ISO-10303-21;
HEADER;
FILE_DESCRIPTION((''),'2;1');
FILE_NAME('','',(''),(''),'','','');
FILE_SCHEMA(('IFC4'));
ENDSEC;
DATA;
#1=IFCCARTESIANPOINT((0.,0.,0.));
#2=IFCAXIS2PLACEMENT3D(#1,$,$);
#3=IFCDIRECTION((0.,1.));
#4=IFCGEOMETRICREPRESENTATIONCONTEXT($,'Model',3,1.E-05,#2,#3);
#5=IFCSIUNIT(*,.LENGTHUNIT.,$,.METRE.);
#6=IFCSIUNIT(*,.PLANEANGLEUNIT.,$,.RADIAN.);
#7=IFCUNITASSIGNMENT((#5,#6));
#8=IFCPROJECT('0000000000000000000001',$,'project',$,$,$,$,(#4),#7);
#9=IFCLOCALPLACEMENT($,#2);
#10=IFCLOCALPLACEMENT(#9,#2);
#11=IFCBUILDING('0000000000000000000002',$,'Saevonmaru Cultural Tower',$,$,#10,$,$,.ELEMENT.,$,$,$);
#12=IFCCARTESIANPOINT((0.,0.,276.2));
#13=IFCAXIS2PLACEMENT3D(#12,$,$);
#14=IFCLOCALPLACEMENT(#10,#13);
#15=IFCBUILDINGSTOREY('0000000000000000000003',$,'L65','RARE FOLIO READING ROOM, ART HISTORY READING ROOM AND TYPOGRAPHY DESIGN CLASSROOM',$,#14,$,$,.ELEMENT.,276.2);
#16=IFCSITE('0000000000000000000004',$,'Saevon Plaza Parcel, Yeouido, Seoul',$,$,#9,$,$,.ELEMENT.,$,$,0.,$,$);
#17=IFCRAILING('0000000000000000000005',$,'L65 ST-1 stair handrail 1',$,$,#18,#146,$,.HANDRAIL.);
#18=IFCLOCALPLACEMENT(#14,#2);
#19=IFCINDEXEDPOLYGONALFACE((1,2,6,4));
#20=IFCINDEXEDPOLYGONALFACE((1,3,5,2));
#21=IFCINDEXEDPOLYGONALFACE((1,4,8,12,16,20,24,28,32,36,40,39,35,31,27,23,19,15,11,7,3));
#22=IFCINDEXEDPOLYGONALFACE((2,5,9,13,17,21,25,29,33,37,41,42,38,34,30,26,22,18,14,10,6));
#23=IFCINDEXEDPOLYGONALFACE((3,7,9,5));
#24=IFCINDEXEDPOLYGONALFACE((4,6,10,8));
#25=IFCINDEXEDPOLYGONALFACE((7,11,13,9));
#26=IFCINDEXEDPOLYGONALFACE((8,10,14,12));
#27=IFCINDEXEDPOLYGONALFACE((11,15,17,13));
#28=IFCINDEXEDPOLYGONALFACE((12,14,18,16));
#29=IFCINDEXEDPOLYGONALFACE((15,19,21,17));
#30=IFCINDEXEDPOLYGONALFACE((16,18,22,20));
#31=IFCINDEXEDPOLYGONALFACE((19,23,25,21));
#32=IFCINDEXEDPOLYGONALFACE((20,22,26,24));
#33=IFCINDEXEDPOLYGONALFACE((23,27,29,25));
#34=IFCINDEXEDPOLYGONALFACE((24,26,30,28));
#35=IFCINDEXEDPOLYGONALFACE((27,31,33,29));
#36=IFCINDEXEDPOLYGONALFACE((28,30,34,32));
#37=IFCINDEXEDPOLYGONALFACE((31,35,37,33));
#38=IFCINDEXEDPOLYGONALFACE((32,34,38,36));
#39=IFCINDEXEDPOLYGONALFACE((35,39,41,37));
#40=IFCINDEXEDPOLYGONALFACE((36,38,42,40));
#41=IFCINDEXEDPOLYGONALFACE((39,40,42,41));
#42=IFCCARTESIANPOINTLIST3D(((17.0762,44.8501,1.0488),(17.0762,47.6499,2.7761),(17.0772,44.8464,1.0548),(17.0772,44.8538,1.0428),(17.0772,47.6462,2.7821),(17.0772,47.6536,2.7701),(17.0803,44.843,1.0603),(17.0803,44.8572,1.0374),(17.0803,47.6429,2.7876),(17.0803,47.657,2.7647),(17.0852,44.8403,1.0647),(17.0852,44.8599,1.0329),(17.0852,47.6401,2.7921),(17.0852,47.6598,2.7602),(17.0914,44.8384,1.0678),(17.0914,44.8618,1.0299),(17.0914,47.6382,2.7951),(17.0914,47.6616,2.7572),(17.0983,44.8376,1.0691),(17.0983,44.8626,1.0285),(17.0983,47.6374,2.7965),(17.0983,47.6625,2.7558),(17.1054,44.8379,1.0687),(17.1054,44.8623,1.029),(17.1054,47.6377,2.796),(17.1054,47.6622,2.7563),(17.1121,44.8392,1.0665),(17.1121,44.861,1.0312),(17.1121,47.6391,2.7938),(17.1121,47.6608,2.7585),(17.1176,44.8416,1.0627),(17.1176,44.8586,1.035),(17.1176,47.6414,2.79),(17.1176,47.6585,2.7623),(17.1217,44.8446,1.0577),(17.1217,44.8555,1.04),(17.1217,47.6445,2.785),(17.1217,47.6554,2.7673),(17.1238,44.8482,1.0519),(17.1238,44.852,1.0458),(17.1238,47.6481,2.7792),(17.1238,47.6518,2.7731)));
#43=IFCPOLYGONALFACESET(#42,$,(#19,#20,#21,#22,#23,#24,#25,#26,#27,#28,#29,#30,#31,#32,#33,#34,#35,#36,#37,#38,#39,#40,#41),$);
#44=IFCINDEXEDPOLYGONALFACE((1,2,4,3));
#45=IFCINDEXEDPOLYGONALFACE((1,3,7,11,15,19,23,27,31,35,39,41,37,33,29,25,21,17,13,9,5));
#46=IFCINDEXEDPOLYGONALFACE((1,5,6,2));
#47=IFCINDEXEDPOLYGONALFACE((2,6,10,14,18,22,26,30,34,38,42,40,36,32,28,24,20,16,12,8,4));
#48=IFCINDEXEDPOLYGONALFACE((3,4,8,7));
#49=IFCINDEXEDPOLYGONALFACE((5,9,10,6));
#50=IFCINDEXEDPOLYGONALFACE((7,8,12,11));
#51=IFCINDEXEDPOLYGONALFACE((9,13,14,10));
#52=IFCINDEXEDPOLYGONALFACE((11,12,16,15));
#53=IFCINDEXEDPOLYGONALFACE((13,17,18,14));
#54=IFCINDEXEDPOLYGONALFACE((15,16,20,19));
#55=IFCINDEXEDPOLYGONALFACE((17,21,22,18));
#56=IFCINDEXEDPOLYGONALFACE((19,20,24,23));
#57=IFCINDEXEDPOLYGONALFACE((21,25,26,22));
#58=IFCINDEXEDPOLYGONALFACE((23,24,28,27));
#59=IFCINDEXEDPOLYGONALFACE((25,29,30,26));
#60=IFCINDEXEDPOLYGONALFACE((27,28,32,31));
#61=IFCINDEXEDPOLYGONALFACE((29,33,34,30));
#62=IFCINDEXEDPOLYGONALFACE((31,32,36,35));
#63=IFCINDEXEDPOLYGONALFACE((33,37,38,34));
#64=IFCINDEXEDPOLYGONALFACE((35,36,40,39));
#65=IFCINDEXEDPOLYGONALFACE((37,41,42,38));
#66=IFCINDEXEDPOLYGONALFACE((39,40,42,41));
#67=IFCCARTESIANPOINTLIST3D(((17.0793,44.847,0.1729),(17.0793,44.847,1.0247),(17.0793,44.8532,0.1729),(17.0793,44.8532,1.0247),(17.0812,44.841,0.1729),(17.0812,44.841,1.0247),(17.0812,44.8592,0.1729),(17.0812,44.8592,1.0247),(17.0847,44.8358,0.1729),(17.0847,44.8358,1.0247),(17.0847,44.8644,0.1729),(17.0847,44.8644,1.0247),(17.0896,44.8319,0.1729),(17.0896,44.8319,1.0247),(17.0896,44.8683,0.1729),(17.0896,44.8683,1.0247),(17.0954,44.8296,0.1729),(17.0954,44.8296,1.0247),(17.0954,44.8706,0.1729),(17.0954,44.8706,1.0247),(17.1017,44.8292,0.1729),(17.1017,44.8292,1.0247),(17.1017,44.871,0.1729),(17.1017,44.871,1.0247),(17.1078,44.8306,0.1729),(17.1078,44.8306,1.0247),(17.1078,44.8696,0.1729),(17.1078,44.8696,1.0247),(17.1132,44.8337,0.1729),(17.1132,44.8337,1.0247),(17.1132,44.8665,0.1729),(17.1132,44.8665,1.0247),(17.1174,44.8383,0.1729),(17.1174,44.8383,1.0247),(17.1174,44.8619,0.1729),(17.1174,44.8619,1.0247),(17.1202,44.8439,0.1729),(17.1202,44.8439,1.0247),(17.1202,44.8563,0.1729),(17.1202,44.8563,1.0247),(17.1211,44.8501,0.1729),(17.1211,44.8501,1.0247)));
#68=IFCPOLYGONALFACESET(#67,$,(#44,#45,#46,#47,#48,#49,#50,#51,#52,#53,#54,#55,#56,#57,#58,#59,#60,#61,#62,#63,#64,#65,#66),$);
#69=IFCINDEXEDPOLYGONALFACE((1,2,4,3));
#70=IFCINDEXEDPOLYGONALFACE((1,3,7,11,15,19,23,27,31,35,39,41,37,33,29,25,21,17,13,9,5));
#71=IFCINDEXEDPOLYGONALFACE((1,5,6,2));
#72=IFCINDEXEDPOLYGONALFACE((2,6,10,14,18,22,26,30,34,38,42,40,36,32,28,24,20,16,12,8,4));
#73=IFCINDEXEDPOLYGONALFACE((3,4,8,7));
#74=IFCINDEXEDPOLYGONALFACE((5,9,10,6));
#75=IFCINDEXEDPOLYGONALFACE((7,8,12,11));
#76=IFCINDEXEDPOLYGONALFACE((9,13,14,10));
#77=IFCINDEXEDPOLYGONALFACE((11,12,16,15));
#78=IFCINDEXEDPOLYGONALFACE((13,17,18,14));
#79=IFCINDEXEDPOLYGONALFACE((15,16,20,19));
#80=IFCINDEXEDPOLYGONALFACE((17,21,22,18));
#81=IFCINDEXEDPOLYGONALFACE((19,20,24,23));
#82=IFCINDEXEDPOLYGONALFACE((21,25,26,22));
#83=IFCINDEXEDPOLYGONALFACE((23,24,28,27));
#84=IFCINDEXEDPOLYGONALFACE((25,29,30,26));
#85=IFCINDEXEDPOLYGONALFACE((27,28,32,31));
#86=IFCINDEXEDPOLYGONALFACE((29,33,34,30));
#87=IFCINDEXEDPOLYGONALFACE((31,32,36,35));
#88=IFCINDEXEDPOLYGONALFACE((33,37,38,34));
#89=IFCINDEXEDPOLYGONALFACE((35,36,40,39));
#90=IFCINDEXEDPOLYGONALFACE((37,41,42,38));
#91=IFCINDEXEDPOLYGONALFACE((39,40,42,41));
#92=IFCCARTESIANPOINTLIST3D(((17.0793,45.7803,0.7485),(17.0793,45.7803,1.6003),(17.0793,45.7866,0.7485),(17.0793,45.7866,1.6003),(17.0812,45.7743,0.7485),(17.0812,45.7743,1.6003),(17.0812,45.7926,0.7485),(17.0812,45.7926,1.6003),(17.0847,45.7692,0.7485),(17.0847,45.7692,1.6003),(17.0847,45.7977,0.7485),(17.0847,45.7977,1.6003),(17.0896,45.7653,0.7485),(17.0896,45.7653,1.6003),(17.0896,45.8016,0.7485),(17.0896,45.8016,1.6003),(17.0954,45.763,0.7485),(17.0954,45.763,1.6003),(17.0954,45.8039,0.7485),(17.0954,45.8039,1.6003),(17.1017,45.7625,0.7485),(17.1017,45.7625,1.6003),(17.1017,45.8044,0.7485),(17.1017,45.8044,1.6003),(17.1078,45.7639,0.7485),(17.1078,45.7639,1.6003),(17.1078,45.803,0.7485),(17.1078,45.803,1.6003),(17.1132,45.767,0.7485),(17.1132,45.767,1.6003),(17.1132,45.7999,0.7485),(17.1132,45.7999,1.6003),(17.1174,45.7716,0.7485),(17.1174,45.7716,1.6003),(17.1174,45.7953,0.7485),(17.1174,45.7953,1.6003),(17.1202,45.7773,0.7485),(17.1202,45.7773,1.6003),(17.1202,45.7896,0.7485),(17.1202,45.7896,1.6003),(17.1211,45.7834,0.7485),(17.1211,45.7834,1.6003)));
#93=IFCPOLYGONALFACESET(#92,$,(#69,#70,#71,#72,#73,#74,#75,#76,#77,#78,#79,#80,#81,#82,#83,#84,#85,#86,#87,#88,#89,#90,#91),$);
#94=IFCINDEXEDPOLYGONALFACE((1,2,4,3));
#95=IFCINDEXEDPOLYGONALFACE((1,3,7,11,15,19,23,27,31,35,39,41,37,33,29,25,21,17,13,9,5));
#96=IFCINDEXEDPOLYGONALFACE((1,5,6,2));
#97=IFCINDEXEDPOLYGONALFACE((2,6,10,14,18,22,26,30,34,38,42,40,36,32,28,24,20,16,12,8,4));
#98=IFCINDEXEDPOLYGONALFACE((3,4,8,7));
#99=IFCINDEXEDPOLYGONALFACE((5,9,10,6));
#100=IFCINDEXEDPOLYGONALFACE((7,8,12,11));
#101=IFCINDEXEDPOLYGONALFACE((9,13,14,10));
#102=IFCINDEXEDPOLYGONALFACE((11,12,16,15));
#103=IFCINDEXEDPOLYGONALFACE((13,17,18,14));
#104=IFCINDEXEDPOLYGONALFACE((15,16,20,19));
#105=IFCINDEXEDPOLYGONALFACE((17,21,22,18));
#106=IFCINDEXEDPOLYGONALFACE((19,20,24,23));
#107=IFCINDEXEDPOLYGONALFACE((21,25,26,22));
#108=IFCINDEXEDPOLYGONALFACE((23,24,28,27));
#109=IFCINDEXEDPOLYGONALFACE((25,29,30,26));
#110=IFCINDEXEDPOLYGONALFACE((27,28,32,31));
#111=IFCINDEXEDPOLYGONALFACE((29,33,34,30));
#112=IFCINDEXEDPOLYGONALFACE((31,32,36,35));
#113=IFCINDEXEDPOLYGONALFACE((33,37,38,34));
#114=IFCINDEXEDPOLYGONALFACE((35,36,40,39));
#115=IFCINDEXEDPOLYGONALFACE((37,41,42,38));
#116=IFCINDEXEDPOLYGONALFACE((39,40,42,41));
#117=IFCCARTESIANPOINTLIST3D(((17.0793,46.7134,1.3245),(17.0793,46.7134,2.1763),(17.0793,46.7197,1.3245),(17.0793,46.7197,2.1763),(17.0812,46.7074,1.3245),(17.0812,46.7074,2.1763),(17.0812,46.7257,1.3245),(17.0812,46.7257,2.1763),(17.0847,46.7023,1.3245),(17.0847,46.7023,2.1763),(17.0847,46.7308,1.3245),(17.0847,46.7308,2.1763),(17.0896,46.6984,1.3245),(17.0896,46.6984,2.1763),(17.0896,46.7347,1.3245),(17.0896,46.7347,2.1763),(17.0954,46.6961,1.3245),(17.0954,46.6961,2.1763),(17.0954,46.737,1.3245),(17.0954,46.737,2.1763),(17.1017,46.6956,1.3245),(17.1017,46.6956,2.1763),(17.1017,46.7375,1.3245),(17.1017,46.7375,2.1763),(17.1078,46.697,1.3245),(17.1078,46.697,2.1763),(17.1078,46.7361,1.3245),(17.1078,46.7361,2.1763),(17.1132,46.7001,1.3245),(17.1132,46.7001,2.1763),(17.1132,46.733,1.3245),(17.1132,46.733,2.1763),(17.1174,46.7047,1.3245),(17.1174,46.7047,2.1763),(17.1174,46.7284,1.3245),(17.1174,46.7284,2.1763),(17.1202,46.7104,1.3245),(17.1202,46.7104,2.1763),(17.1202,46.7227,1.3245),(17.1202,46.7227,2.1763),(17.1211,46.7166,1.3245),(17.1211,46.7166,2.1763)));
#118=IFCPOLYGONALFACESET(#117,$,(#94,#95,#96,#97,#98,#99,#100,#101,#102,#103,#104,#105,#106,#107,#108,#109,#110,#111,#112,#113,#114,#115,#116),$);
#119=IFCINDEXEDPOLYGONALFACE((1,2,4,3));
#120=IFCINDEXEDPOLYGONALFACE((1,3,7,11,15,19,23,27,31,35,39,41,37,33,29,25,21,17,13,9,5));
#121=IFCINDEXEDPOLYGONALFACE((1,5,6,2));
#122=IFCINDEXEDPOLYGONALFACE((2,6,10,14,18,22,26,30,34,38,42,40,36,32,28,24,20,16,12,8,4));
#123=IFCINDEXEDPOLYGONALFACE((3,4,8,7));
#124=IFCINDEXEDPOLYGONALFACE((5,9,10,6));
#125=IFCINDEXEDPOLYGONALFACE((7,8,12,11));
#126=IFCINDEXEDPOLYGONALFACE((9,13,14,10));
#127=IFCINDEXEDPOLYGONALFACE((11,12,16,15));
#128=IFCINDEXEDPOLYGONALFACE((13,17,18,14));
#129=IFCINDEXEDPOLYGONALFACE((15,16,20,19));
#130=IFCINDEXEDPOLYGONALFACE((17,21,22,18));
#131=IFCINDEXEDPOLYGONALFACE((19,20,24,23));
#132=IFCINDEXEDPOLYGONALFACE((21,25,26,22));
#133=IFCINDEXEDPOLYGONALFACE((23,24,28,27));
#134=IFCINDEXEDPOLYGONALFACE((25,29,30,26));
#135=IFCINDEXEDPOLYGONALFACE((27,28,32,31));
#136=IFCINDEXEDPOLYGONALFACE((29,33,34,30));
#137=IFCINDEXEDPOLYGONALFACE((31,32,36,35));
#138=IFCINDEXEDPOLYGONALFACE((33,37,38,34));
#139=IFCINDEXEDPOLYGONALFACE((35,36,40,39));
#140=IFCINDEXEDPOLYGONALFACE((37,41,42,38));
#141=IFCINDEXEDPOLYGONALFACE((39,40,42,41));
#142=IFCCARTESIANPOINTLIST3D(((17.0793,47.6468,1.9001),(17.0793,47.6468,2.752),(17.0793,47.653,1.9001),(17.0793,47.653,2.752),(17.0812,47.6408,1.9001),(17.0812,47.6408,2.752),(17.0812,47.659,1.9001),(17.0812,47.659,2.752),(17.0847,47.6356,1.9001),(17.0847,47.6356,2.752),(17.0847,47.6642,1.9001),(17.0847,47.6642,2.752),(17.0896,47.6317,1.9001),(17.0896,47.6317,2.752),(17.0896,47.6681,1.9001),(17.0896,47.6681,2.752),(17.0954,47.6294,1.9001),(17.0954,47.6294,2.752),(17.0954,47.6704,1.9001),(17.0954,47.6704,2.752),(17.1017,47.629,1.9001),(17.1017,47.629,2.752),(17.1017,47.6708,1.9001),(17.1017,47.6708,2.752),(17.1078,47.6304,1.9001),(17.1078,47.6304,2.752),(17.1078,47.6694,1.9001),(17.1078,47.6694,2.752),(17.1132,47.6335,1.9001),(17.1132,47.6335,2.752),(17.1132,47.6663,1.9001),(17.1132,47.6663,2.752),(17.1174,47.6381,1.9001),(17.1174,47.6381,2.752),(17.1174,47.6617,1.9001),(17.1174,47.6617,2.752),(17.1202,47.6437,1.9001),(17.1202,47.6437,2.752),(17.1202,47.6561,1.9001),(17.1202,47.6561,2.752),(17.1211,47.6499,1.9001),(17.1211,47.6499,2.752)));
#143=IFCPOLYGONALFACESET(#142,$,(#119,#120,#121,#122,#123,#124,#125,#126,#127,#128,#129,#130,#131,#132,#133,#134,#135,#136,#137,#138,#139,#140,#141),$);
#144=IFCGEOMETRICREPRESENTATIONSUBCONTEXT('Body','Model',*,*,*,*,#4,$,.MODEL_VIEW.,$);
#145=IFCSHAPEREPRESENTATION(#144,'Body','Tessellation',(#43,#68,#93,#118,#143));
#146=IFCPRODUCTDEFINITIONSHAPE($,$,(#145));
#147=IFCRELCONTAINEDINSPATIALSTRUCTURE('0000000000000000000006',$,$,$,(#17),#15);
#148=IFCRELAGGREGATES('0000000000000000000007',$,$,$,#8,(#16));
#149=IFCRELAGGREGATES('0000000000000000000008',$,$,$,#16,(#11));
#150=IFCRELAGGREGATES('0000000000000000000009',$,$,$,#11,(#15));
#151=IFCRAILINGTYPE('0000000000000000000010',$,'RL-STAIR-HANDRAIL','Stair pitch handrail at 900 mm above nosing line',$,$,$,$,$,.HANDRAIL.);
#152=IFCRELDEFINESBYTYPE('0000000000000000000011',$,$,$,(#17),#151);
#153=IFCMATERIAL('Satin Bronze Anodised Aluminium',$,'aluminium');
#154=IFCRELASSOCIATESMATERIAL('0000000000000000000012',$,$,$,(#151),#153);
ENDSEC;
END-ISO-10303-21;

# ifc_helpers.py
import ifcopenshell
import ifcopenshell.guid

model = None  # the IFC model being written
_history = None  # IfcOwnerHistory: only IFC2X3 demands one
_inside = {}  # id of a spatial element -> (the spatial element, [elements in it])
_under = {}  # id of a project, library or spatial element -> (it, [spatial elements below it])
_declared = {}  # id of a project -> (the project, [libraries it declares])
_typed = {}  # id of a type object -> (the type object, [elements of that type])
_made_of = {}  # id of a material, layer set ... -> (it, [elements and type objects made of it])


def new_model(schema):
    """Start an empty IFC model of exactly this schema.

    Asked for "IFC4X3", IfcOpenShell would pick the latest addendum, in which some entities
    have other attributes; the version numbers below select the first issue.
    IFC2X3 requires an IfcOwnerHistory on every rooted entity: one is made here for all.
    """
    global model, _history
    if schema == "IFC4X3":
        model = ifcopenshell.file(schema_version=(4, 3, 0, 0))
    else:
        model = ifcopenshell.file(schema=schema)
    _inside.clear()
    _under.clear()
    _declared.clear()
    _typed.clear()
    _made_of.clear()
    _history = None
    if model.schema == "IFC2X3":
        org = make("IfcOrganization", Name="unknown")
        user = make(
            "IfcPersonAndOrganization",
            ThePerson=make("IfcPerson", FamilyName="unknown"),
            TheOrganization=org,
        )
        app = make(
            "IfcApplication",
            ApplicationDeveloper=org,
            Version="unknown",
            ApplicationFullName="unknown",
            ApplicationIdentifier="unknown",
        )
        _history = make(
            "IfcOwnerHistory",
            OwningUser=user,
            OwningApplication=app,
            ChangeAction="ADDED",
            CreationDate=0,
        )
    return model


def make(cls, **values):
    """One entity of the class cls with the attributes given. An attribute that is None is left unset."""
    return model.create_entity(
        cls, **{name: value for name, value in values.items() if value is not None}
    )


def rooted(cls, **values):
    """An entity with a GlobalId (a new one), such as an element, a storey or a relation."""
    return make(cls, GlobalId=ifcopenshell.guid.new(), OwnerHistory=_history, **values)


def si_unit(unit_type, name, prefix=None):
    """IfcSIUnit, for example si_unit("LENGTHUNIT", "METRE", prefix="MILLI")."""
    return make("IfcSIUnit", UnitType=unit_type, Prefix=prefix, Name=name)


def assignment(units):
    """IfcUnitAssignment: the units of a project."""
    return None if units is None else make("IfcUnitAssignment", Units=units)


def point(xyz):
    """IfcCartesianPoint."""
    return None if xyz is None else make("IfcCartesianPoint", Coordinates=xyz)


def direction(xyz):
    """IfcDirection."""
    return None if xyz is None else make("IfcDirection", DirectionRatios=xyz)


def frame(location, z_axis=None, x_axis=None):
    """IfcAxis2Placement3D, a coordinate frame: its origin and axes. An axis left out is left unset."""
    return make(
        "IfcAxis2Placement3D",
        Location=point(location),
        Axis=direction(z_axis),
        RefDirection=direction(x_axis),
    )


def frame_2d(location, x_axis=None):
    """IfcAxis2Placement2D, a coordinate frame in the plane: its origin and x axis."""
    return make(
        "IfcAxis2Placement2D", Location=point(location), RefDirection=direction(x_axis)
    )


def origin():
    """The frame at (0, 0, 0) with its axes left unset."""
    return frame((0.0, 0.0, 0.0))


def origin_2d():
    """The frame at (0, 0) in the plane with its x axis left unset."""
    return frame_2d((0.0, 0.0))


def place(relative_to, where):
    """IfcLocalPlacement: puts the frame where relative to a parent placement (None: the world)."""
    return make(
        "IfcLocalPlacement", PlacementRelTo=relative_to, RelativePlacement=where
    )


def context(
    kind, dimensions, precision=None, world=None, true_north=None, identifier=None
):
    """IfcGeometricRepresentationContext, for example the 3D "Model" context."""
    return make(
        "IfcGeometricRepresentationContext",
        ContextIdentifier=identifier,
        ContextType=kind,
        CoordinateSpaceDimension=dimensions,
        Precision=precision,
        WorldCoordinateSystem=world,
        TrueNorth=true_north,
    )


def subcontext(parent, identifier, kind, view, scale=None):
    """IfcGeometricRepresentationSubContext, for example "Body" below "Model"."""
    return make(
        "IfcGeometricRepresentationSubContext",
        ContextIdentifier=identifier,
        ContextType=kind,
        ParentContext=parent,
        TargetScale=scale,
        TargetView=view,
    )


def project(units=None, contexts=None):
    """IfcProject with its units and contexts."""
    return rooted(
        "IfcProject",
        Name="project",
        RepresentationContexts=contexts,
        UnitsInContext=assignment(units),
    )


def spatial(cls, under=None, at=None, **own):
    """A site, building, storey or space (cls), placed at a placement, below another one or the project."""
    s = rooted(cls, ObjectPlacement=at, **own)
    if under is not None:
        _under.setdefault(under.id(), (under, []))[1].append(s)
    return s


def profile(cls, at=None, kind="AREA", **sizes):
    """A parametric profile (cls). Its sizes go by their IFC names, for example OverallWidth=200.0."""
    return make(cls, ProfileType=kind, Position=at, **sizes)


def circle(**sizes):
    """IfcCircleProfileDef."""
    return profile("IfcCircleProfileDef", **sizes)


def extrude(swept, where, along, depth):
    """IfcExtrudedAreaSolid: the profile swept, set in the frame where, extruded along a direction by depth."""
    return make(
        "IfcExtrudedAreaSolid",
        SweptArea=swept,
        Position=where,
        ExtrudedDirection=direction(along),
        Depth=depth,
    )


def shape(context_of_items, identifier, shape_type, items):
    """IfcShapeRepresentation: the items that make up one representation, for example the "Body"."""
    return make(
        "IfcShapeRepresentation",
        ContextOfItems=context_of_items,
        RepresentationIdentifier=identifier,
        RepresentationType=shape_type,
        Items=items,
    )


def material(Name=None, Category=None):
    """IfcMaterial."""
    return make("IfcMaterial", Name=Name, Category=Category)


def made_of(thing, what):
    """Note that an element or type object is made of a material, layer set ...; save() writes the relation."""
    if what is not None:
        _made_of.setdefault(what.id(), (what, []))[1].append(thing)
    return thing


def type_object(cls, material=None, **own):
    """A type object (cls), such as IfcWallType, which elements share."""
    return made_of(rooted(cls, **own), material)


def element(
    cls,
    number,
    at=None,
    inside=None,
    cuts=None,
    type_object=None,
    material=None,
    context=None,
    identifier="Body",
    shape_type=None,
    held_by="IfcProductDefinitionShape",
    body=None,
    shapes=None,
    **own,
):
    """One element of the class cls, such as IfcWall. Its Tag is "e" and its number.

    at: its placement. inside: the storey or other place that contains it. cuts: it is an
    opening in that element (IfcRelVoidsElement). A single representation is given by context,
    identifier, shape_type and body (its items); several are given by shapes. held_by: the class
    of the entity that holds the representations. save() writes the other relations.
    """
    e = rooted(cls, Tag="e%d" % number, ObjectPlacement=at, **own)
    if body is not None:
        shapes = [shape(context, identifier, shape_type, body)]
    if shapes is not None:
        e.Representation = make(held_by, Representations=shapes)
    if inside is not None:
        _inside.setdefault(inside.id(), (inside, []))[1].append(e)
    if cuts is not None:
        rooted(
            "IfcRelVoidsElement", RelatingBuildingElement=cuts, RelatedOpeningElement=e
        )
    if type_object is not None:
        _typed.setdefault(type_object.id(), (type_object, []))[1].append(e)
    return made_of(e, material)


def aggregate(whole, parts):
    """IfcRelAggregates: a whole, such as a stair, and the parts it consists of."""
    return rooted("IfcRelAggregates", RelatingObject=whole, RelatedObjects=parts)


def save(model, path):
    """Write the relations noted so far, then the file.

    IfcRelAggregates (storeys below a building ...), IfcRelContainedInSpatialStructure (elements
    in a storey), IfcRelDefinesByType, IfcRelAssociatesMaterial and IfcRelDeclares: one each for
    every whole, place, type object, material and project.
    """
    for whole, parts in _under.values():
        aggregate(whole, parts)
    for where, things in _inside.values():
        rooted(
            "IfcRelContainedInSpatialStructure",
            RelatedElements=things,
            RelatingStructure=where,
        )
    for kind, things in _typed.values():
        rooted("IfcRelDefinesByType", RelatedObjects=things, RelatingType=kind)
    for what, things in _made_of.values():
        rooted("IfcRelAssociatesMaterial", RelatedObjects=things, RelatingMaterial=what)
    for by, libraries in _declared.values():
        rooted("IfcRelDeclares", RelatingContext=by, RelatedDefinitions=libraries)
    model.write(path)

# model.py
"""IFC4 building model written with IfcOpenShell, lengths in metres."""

from ifc_helpers import new_model, si_unit, direction, frame, origin, origin_2d, place, context, subcontext, project, spatial, circle, extrude, material, type_object, element, save


model = new_model("IFC4")

# Units and contexts
model_context = context("Model", 3, precision=1e-05, world=origin(), true_north=direction((0.0, 1.0)))
body_context = subcontext(model_context, "Body", "Model", "MODEL_VIEW")
ifc_project = project(units=[si_unit("LENGTHUNIT", "METRE"), si_unit("PLANEANGLEUNIT", "RADIAN")], contexts=[model_context])

# Site, building, storey
site_placement = place(None, origin())
site = spatial("IfcSite", under=ifc_project, at=site_placement, Name="Saevon Plaza Parcel, Yeouido, Seoul", CompositionType="ELEMENT", RefElevation=0.0)
building_placement = place(site_placement, origin())
building = spatial("IfcBuilding", under=site, at=building_placement, Name="Saevonmaru Cultural Tower", CompositionType="ELEMENT")
storey_placement = place(building_placement, frame((0.0, 0.0, 276.2)))
storey = spatial("IfcBuildingStorey", under=building, at=storey_placement, Name="L65", Description="RARE FOLIO READING ROOM, ART HISTORY READING ROOM AND TYPOGRAPHY DESIGN CLASSROOM", CompositionType="ELEMENT", Elevation=276.2)

# Shared definitions
ifc_material_1 = material(Name="Satin Bronze Anodised Aluminium", Category="aluminium")

# Railing
railing_type_1 = type_object("IfcRailingType", Name="RL-STAIR-HANDRAIL", Description="Stair pitch handrail at 900 mm above nosing line", PredefinedType="HANDRAIL", material=ifc_material_1)
railing_1_placement = place(storey_placement, frame((17.1001, 44.8501, 0.1729)))
element("IfcRailing", 1, at=railing_1_placement, inside=storey, type_object=railing_type_1, Name="L65 ST-1 stair handrail 1", PredefinedType="HANDRAIL", context=body_context, shape_type="SweptSolid", body=[
    extrude(circle(Radius=0.0239, at=origin_2d()), frame((0.0, 0.0, 0.876), z_axis=(0.0, 0.851069, 0.525054), x_axis=(-1.0, 0.0, 0.0)), (0.0, 0.0, 1.0), 3.2898),
    extrude(circle(Radius=0.021, at=origin_2d()), origin(), (0.0, 0.0, 1.0), 0.8518),
    extrude(circle(Radius=0.021, at=origin_2d()), frame((0.0, 0.9333, 0.5757)), (0.0, 0.0, 1.0), 0.8518),
    extrude(circle(Radius=0.021, at=origin_2d()), frame((0.0, 1.8665, 1.1516)), (0.0, 0.0, 1.0), 0.8518),
    extrude(circle(Radius=0.021, at=origin_2d()), frame((0.0, 2.7998, 1.7273)), (0.0, 0.0, 1.0), 0.8518),
])

save(model, "model.ifc")
